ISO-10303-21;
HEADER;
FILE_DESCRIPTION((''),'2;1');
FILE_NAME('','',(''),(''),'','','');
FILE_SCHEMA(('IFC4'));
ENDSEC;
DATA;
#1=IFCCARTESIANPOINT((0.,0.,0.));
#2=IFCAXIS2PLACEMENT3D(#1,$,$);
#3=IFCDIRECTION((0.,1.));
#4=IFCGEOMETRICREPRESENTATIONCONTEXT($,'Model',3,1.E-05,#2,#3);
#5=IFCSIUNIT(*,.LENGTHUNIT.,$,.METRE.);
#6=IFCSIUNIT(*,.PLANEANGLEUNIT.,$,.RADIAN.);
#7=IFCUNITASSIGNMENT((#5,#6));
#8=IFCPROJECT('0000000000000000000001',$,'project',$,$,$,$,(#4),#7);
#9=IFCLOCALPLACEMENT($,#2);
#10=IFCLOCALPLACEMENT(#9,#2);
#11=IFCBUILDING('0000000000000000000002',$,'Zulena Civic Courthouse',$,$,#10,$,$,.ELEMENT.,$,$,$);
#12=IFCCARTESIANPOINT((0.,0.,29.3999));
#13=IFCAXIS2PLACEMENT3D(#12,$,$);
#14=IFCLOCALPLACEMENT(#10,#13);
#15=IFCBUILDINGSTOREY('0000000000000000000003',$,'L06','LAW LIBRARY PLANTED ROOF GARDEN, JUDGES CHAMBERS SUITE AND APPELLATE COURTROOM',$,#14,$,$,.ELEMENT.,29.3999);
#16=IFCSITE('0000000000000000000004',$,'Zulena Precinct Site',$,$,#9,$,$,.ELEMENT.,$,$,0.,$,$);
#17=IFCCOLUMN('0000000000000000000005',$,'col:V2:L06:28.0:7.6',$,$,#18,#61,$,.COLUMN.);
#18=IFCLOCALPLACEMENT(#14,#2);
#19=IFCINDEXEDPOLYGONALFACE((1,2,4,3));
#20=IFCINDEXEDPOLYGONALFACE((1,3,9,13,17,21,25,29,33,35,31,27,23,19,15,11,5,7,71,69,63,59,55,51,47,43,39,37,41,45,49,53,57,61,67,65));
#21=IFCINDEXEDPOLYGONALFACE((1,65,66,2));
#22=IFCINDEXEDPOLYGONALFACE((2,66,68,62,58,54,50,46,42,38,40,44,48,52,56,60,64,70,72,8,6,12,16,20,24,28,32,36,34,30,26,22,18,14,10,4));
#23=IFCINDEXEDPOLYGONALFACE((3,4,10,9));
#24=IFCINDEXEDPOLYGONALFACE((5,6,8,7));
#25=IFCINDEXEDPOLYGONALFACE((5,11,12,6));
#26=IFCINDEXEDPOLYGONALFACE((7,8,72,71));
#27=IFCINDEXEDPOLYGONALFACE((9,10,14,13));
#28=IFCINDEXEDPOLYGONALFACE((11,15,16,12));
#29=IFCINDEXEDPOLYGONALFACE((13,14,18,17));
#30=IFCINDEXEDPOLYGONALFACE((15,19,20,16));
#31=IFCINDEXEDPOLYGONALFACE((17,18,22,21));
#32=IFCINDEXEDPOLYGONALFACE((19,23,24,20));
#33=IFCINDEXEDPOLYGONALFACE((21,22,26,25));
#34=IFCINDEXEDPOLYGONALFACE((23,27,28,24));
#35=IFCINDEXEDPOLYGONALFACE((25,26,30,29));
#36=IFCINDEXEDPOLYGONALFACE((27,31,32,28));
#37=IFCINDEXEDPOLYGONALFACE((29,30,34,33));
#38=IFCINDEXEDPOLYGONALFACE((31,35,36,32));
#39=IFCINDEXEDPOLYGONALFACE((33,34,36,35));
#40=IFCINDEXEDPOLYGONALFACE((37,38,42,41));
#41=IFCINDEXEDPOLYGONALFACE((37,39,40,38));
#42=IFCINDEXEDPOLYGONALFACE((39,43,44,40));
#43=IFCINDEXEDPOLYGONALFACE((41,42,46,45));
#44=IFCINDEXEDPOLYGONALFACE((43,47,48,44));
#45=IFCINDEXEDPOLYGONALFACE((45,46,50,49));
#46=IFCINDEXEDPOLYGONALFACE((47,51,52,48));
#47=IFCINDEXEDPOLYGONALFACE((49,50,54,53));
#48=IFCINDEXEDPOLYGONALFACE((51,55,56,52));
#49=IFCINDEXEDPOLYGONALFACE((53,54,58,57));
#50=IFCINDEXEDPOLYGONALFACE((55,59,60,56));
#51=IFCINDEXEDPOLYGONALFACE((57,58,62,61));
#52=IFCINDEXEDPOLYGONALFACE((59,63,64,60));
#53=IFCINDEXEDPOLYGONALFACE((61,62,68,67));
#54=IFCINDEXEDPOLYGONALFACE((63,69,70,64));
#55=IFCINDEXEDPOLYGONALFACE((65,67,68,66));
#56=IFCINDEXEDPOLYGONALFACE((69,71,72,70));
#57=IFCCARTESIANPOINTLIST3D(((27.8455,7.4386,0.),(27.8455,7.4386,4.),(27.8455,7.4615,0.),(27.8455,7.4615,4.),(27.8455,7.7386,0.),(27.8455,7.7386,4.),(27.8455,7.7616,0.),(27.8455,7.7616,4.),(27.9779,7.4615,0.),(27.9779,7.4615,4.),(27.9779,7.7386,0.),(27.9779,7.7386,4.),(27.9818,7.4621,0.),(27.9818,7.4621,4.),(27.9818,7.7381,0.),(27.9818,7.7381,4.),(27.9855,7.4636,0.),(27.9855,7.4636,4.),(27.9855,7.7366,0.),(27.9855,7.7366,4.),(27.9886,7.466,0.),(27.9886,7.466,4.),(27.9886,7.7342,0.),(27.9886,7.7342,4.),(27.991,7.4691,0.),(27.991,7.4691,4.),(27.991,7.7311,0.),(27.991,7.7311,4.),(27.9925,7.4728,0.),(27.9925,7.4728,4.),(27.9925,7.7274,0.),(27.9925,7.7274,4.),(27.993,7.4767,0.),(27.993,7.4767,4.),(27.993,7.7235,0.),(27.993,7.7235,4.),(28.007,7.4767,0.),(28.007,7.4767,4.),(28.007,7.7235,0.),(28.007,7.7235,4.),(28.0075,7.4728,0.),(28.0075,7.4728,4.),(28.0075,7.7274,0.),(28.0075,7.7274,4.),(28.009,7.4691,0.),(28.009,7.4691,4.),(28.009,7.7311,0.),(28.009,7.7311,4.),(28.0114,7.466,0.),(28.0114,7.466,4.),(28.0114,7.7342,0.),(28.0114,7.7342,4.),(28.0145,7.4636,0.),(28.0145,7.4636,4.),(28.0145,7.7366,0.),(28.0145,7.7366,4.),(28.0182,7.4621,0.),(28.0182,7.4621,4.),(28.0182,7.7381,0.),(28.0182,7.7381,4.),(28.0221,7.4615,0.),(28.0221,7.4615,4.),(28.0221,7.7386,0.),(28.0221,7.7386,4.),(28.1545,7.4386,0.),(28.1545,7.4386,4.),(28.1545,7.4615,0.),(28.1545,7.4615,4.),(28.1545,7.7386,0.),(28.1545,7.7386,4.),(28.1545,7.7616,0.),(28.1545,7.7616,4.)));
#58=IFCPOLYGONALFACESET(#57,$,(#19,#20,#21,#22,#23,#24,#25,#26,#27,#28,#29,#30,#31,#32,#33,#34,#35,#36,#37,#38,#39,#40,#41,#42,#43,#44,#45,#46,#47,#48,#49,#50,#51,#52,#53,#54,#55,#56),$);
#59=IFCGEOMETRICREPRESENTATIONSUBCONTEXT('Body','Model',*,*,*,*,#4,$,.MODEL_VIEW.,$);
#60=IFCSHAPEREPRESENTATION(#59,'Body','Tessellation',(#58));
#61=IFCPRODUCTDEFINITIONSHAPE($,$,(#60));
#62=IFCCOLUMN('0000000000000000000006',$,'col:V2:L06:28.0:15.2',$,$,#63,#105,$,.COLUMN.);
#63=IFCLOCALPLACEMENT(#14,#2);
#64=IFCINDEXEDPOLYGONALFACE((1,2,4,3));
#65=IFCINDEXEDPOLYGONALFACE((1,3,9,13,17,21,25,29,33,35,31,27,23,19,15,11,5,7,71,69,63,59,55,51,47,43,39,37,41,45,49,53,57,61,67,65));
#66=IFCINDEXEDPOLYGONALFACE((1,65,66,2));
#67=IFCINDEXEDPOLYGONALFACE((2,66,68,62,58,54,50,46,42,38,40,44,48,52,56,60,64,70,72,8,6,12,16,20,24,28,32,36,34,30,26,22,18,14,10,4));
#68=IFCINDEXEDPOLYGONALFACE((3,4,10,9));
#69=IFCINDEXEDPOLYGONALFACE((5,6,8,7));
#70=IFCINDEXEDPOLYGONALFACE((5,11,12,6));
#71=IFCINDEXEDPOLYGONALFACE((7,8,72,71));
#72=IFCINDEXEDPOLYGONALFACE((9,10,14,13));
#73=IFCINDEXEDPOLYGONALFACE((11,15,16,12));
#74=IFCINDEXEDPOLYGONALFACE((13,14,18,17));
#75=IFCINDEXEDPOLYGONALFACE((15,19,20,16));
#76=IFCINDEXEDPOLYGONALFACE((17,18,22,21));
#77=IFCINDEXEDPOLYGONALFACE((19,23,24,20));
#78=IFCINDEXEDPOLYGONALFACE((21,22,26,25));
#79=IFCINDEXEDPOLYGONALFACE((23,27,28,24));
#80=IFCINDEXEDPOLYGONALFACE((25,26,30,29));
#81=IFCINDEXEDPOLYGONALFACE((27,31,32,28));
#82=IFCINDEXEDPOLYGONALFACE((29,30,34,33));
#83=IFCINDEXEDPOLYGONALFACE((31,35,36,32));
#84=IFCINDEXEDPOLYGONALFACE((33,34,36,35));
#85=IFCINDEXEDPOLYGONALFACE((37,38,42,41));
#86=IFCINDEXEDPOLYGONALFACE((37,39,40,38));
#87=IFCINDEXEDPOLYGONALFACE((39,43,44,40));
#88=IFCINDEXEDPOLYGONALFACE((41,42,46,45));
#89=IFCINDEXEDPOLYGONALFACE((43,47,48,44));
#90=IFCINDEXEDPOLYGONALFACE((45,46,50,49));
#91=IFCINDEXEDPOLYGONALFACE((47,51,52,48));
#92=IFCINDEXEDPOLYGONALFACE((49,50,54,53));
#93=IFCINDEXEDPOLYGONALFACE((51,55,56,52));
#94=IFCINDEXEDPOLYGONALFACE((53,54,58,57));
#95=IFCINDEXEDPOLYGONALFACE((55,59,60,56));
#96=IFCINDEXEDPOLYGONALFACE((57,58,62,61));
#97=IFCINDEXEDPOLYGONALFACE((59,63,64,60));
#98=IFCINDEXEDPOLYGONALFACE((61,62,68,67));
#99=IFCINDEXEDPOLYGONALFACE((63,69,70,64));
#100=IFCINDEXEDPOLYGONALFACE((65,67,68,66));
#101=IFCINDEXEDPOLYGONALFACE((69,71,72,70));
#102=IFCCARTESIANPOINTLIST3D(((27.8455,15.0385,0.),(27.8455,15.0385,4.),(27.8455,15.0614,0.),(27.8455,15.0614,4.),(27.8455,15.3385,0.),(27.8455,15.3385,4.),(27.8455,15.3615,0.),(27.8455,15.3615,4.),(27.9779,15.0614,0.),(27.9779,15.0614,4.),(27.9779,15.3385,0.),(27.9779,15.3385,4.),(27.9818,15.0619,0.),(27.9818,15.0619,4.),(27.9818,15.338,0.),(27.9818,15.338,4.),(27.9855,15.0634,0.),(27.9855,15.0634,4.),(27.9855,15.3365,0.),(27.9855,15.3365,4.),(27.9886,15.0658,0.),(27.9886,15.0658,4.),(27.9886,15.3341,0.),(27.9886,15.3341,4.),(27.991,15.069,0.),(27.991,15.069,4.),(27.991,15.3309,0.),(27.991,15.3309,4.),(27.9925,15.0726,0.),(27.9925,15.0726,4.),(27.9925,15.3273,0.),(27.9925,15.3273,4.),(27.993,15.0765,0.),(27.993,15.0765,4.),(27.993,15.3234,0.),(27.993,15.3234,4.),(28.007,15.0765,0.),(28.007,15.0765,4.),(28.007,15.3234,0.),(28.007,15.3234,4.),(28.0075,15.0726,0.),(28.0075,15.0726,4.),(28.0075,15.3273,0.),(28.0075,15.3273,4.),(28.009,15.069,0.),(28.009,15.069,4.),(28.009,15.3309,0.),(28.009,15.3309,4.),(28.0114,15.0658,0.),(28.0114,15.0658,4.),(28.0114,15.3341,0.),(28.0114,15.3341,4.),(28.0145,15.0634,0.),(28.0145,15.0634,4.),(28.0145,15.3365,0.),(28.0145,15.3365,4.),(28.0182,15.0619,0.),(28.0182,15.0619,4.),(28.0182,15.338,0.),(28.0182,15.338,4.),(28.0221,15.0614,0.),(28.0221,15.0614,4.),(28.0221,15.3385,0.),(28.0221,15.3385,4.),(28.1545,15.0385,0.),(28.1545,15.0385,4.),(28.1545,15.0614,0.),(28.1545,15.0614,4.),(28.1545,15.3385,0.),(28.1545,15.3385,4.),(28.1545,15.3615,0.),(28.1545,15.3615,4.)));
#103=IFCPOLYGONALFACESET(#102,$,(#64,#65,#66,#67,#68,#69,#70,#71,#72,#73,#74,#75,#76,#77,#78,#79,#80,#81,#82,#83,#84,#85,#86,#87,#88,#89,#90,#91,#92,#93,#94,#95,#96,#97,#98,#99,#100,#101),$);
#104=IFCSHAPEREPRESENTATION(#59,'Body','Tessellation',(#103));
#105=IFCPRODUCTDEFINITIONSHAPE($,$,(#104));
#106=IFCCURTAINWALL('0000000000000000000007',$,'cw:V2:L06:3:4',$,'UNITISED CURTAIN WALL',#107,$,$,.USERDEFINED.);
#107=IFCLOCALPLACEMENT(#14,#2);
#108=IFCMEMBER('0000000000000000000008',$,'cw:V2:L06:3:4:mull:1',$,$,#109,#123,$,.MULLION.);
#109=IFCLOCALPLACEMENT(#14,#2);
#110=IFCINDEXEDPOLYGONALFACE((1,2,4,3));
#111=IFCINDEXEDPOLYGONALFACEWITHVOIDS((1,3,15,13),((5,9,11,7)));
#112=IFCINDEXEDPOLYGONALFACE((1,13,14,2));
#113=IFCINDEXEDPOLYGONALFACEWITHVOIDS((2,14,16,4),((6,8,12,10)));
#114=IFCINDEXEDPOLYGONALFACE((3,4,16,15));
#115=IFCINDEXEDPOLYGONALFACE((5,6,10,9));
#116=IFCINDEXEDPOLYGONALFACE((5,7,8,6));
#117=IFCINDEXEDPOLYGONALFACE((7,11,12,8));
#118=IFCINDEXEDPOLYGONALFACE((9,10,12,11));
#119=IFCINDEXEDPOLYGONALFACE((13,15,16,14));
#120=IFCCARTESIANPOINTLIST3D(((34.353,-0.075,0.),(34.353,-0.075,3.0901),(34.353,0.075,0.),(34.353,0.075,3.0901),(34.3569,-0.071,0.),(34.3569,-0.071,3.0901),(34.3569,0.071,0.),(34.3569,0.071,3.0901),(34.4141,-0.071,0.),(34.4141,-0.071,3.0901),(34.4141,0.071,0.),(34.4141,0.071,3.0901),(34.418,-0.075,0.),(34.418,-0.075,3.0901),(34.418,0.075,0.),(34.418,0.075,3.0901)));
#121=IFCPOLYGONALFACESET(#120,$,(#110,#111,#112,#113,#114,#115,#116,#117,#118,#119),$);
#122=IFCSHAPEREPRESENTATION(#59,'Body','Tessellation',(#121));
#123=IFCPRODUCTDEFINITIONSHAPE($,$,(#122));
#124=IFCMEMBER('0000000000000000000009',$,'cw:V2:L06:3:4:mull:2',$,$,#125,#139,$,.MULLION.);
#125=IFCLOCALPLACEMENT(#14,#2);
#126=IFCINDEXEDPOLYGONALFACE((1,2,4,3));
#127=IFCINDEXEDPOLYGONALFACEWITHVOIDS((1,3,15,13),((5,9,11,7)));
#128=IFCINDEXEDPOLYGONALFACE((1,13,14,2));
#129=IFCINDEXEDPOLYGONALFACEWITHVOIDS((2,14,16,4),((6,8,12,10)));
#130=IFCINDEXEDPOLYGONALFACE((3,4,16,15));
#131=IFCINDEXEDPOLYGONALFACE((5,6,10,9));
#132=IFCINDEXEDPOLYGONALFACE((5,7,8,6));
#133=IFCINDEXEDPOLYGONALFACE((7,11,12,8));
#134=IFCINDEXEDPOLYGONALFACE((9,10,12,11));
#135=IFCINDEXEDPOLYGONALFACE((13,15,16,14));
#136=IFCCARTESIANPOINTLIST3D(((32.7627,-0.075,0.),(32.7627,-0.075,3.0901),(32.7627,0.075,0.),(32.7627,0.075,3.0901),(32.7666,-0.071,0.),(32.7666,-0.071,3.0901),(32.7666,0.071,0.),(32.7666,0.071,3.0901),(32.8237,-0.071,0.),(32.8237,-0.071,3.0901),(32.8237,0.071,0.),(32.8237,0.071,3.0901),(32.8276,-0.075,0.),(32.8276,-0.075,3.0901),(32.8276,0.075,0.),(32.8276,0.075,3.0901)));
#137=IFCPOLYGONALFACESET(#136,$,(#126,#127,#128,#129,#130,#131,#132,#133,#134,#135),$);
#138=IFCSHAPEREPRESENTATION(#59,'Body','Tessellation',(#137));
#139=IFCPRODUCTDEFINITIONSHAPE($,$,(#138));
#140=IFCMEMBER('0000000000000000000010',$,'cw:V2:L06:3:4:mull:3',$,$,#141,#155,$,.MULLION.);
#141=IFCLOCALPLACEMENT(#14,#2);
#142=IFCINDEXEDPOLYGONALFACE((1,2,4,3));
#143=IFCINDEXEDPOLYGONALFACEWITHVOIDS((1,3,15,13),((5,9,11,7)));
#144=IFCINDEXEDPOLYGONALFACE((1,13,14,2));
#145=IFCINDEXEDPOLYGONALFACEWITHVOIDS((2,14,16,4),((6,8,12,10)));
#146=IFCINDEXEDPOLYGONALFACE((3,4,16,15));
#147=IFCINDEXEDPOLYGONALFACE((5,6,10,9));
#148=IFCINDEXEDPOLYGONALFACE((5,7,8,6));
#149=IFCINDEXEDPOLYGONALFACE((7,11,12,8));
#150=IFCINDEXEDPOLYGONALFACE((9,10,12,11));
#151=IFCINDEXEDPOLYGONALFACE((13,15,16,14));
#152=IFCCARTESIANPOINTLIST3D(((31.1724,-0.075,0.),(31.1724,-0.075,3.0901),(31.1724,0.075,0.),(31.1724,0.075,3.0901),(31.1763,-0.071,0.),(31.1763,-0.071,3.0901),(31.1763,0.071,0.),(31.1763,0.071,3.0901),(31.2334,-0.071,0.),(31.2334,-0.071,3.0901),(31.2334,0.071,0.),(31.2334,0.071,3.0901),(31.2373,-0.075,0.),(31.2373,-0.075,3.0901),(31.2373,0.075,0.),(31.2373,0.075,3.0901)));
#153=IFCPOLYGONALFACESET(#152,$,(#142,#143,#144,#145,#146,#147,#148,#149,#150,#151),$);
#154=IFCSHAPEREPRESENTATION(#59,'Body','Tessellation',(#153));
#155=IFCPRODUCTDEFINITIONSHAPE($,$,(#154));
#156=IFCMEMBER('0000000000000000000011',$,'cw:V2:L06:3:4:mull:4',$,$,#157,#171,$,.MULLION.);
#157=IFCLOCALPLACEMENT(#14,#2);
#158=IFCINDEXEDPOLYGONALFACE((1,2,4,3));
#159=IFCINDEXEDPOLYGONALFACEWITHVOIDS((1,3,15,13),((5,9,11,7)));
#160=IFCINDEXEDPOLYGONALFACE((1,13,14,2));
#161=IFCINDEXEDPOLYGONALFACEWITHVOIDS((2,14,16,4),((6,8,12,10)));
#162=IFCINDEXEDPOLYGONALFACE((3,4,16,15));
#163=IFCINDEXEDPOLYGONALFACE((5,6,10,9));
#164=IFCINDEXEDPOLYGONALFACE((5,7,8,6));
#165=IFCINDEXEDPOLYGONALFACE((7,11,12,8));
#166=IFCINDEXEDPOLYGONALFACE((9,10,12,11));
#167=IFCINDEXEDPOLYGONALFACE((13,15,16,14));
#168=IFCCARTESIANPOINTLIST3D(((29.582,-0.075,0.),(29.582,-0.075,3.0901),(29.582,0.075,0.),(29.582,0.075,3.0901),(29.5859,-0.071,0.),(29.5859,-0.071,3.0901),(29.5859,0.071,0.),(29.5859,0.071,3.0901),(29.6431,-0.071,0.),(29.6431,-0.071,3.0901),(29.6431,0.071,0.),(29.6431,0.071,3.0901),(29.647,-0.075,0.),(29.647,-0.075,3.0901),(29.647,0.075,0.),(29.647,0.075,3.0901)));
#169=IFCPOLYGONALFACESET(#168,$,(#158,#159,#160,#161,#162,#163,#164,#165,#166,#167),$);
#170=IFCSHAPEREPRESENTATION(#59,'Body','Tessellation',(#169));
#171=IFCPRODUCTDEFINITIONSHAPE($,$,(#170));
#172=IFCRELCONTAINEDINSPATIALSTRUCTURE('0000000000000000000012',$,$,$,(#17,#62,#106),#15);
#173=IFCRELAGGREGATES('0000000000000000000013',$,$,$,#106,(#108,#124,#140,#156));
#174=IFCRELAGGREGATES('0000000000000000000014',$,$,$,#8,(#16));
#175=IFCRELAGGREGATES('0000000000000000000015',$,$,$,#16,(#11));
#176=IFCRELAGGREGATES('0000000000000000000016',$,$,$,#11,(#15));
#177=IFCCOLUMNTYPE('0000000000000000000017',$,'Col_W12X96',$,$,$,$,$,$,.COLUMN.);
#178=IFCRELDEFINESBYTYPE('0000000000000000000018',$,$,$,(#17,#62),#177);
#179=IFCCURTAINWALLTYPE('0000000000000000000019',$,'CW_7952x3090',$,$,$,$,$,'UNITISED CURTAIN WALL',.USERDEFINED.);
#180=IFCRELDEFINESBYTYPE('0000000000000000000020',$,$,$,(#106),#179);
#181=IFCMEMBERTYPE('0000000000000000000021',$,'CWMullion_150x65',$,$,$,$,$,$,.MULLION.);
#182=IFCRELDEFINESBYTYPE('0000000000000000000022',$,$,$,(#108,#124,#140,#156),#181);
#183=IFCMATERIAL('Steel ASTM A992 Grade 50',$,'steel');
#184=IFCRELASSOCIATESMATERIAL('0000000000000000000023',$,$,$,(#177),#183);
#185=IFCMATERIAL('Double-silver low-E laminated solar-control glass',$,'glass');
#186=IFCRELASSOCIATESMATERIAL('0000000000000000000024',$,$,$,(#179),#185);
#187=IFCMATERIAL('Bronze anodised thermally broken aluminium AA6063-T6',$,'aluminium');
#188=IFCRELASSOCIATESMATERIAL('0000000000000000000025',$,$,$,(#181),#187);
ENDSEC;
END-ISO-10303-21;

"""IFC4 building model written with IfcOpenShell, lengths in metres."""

from ifc_helpers import new_model, si_unit, direction, frame, origin, origin_2d, place, context, subcontext, project, spatial, hollow_rectangle, i_section, extrude, material, material_profile, profile_set, type_object, element, aggregate, save


model = new_model("IFC4")

# Units and contexts
model_context = context("Model", 3, precision=1e-05, world=origin(), true_north=direction((0.0, 1.0)))
body_context = subcontext(model_context, "Body", "Model", "MODEL_VIEW")
ifc_project = project(units=[si_unit("LENGTHUNIT", "METRE"), si_unit("PLANEANGLEUNIT", "RADIAN")], contexts=[model_context])

# Site, building, storey
site_placement = place(None, origin())
site = spatial("IfcSite", under=ifc_project, at=site_placement, Name="Zulena Precinct Site", CompositionType="ELEMENT", RefElevation=0.0)
building_placement = place(site_placement, origin())
building = spatial("IfcBuilding", under=site, at=building_placement, Name="Zulena Civic Courthouse", CompositionType="ELEMENT")
storey_placement = place(building_placement, frame((0.0, 0.0, 29.3999)))
storey = spatial("IfcBuildingStorey", under=building, at=storey_placement, Name="L06", Description="LAW LIBRARY PLANTED ROOF GARDEN, JUDGES CHAMBERS SUITE AND APPELLATE COURTROOM", CompositionType="ELEMENT", Elevation=29.3999)

# Columns
ifc_material_1 = material(Name="Steel ASTM A992 Grade 50", Category="steel")
ifc_material_profile_1 = material_profile(ifc_material_1, i_section(OverallWidth=0.3091, OverallDepth=0.323, WebThickness=0.0139, FlangeThickness=0.0229, FilletRadius=0.0151, at=origin_2d()), Name="W12X96")
ifc_profile_set_1 = profile_set([ifc_material_profile_1], Name="Steel ASTM A992 Grade 50")
column_type = type_object("IfcColumnType", Name="Col_W12X96", PredefinedType="COLUMN", material=ifc_profile_set_1)
for number, where, z_axis, x_axis, name in (
    (1, (28.0, 7.6001, 0.0), (0.0, 0.0, 1.0), (1.0, 0.0, 0.0), "col:V2:L06:28.0:7.6"),
    (2, (28.0, 15.2, 0.0), (0.0, 0.0, 1.0), (1.0, 0.0, 0.0), "col:V2:L06:28.0:15.2"),
):
    element("IfcColumn", number, at=place(storey_placement, frame(where, z_axis=z_axis, x_axis=x_axis)), inside=storey, type_object=column_type, Name=name, PredefinedType="COLUMN", context=body_context, shape_type="SweptSolid", body=[
        extrude(i_section(OverallWidth=0.3091, OverallDepth=0.323, WebThickness=0.0139, FlangeThickness=0.0229, FilletRadius=0.0151, at=origin_2d()), origin(), (0.0, 0.0, 1.0), 4.0),
    ])

# Curtain wall, members
ifc_material_2 = material(Name="Double-silver low-E laminated solar-control glass", Category="glass")
curtain_wall_type = type_object("IfcCurtainWallType", Name="CW_7952x3090", ElementType="UNITISED CURTAIN WALL", PredefinedType="USERDEFINED", material=ifc_material_2)
curtain_wall_placement = place(storey_placement, origin())
curtain_wall = element("IfcCurtainWall", 3, at=curtain_wall_placement, inside=storey, type_object=curtain_wall_type, Name="cw:V2:L06:3:4", ObjectType="UNITISED CURTAIN WALL", PredefinedType="USERDEFINED")
ifc_material_3 = material(Name="Bronze anodised thermally broken aluminium AA6063-T6", Category="aluminium")
ifc_material_profile_2 = material_profile(ifc_material_3, hollow_rectangle(XDim=0.0649, YDim=0.1499, WallThickness=0.0039, at=origin_2d()), Name="CWM150X65X4")
ifc_profile_set_2 = profile_set([ifc_material_profile_2], Name="Bronze anodised thermally broken aluminium AA6063-T6")
member_type = type_object("IfcMemberType", Name="CWMullion_150x65", PredefinedType="MULLION", material=ifc_profile_set_2)
member_1_placement = place(storey_placement, frame((34.3855, 0.0, 0.0), z_axis=(0.0, 0.0, 1.0), x_axis=(1.0, 0.0, 0.0)))
member_1 = element("IfcMember", 4, at=member_1_placement, type_object=member_type, Name="cw:V2:L06:3:4:mull:1", PredefinedType="MULLION", context=body_context, shape_type="SweptSolid", body=[
    extrude(hollow_rectangle(XDim=0.0649, YDim=0.1499, WallThickness=0.0039, at=origin_2d()), origin(), (0.0, 0.0, 1.0), 3.0901),
])
member_2_placement = place(storey_placement, frame((32.7952, 0.0, 0.0), z_axis=(0.0, 0.0, 1.0), x_axis=(1.0, 0.0, 0.0)))
member_2 = element("IfcMember", 5, at=member_2_placement, type_object=member_type, Name="cw:V2:L06:3:4:mull:2", PredefinedType="MULLION", context=body_context, shape_type="SweptSolid", body=[
    extrude(hollow_rectangle(XDim=0.0649, YDim=0.1499, WallThickness=0.0039, at=origin_2d()), origin(), (0.0, 0.0, 1.0), 3.0901),
])
member_3_placement = place(storey_placement, frame((31.2048, 0.0, 0.0), z_axis=(0.0, 0.0, 1.0), x_axis=(1.0, 0.0, 0.0)))
member_3 = element("IfcMember", 6, at=member_3_placement, type_object=member_type, Name="cw:V2:L06:3:4:mull:3", PredefinedType="MULLION", context=body_context, shape_type="SweptSolid", body=[
    extrude(hollow_rectangle(XDim=0.0649, YDim=0.1499, WallThickness=0.0039, at=origin_2d()), origin(), (0.0, 0.0, 1.0), 3.0901),
])
member_4_placement = place(storey_placement, frame((29.6145, 0.0, 0.0), z_axis=(0.0, 0.0, 1.0), x_axis=(1.0, 0.0, 0.0)))
member_4 = element("IfcMember", 7, at=member_4_placement, type_object=member_type, Name="cw:V2:L06:3:4:mull:4", PredefinedType="MULLION", context=body_context, shape_type="SweptSolid", body=[
    extrude(hollow_rectangle(XDim=0.0649, YDim=0.1499, WallThickness=0.0039, at=origin_2d()), origin(), (0.0, 0.0, 1.0), 3.0901),
])

aggregate(curtain_wall, [member_1, member_2, member_3, member_4])

save(model, "model.ifc")
